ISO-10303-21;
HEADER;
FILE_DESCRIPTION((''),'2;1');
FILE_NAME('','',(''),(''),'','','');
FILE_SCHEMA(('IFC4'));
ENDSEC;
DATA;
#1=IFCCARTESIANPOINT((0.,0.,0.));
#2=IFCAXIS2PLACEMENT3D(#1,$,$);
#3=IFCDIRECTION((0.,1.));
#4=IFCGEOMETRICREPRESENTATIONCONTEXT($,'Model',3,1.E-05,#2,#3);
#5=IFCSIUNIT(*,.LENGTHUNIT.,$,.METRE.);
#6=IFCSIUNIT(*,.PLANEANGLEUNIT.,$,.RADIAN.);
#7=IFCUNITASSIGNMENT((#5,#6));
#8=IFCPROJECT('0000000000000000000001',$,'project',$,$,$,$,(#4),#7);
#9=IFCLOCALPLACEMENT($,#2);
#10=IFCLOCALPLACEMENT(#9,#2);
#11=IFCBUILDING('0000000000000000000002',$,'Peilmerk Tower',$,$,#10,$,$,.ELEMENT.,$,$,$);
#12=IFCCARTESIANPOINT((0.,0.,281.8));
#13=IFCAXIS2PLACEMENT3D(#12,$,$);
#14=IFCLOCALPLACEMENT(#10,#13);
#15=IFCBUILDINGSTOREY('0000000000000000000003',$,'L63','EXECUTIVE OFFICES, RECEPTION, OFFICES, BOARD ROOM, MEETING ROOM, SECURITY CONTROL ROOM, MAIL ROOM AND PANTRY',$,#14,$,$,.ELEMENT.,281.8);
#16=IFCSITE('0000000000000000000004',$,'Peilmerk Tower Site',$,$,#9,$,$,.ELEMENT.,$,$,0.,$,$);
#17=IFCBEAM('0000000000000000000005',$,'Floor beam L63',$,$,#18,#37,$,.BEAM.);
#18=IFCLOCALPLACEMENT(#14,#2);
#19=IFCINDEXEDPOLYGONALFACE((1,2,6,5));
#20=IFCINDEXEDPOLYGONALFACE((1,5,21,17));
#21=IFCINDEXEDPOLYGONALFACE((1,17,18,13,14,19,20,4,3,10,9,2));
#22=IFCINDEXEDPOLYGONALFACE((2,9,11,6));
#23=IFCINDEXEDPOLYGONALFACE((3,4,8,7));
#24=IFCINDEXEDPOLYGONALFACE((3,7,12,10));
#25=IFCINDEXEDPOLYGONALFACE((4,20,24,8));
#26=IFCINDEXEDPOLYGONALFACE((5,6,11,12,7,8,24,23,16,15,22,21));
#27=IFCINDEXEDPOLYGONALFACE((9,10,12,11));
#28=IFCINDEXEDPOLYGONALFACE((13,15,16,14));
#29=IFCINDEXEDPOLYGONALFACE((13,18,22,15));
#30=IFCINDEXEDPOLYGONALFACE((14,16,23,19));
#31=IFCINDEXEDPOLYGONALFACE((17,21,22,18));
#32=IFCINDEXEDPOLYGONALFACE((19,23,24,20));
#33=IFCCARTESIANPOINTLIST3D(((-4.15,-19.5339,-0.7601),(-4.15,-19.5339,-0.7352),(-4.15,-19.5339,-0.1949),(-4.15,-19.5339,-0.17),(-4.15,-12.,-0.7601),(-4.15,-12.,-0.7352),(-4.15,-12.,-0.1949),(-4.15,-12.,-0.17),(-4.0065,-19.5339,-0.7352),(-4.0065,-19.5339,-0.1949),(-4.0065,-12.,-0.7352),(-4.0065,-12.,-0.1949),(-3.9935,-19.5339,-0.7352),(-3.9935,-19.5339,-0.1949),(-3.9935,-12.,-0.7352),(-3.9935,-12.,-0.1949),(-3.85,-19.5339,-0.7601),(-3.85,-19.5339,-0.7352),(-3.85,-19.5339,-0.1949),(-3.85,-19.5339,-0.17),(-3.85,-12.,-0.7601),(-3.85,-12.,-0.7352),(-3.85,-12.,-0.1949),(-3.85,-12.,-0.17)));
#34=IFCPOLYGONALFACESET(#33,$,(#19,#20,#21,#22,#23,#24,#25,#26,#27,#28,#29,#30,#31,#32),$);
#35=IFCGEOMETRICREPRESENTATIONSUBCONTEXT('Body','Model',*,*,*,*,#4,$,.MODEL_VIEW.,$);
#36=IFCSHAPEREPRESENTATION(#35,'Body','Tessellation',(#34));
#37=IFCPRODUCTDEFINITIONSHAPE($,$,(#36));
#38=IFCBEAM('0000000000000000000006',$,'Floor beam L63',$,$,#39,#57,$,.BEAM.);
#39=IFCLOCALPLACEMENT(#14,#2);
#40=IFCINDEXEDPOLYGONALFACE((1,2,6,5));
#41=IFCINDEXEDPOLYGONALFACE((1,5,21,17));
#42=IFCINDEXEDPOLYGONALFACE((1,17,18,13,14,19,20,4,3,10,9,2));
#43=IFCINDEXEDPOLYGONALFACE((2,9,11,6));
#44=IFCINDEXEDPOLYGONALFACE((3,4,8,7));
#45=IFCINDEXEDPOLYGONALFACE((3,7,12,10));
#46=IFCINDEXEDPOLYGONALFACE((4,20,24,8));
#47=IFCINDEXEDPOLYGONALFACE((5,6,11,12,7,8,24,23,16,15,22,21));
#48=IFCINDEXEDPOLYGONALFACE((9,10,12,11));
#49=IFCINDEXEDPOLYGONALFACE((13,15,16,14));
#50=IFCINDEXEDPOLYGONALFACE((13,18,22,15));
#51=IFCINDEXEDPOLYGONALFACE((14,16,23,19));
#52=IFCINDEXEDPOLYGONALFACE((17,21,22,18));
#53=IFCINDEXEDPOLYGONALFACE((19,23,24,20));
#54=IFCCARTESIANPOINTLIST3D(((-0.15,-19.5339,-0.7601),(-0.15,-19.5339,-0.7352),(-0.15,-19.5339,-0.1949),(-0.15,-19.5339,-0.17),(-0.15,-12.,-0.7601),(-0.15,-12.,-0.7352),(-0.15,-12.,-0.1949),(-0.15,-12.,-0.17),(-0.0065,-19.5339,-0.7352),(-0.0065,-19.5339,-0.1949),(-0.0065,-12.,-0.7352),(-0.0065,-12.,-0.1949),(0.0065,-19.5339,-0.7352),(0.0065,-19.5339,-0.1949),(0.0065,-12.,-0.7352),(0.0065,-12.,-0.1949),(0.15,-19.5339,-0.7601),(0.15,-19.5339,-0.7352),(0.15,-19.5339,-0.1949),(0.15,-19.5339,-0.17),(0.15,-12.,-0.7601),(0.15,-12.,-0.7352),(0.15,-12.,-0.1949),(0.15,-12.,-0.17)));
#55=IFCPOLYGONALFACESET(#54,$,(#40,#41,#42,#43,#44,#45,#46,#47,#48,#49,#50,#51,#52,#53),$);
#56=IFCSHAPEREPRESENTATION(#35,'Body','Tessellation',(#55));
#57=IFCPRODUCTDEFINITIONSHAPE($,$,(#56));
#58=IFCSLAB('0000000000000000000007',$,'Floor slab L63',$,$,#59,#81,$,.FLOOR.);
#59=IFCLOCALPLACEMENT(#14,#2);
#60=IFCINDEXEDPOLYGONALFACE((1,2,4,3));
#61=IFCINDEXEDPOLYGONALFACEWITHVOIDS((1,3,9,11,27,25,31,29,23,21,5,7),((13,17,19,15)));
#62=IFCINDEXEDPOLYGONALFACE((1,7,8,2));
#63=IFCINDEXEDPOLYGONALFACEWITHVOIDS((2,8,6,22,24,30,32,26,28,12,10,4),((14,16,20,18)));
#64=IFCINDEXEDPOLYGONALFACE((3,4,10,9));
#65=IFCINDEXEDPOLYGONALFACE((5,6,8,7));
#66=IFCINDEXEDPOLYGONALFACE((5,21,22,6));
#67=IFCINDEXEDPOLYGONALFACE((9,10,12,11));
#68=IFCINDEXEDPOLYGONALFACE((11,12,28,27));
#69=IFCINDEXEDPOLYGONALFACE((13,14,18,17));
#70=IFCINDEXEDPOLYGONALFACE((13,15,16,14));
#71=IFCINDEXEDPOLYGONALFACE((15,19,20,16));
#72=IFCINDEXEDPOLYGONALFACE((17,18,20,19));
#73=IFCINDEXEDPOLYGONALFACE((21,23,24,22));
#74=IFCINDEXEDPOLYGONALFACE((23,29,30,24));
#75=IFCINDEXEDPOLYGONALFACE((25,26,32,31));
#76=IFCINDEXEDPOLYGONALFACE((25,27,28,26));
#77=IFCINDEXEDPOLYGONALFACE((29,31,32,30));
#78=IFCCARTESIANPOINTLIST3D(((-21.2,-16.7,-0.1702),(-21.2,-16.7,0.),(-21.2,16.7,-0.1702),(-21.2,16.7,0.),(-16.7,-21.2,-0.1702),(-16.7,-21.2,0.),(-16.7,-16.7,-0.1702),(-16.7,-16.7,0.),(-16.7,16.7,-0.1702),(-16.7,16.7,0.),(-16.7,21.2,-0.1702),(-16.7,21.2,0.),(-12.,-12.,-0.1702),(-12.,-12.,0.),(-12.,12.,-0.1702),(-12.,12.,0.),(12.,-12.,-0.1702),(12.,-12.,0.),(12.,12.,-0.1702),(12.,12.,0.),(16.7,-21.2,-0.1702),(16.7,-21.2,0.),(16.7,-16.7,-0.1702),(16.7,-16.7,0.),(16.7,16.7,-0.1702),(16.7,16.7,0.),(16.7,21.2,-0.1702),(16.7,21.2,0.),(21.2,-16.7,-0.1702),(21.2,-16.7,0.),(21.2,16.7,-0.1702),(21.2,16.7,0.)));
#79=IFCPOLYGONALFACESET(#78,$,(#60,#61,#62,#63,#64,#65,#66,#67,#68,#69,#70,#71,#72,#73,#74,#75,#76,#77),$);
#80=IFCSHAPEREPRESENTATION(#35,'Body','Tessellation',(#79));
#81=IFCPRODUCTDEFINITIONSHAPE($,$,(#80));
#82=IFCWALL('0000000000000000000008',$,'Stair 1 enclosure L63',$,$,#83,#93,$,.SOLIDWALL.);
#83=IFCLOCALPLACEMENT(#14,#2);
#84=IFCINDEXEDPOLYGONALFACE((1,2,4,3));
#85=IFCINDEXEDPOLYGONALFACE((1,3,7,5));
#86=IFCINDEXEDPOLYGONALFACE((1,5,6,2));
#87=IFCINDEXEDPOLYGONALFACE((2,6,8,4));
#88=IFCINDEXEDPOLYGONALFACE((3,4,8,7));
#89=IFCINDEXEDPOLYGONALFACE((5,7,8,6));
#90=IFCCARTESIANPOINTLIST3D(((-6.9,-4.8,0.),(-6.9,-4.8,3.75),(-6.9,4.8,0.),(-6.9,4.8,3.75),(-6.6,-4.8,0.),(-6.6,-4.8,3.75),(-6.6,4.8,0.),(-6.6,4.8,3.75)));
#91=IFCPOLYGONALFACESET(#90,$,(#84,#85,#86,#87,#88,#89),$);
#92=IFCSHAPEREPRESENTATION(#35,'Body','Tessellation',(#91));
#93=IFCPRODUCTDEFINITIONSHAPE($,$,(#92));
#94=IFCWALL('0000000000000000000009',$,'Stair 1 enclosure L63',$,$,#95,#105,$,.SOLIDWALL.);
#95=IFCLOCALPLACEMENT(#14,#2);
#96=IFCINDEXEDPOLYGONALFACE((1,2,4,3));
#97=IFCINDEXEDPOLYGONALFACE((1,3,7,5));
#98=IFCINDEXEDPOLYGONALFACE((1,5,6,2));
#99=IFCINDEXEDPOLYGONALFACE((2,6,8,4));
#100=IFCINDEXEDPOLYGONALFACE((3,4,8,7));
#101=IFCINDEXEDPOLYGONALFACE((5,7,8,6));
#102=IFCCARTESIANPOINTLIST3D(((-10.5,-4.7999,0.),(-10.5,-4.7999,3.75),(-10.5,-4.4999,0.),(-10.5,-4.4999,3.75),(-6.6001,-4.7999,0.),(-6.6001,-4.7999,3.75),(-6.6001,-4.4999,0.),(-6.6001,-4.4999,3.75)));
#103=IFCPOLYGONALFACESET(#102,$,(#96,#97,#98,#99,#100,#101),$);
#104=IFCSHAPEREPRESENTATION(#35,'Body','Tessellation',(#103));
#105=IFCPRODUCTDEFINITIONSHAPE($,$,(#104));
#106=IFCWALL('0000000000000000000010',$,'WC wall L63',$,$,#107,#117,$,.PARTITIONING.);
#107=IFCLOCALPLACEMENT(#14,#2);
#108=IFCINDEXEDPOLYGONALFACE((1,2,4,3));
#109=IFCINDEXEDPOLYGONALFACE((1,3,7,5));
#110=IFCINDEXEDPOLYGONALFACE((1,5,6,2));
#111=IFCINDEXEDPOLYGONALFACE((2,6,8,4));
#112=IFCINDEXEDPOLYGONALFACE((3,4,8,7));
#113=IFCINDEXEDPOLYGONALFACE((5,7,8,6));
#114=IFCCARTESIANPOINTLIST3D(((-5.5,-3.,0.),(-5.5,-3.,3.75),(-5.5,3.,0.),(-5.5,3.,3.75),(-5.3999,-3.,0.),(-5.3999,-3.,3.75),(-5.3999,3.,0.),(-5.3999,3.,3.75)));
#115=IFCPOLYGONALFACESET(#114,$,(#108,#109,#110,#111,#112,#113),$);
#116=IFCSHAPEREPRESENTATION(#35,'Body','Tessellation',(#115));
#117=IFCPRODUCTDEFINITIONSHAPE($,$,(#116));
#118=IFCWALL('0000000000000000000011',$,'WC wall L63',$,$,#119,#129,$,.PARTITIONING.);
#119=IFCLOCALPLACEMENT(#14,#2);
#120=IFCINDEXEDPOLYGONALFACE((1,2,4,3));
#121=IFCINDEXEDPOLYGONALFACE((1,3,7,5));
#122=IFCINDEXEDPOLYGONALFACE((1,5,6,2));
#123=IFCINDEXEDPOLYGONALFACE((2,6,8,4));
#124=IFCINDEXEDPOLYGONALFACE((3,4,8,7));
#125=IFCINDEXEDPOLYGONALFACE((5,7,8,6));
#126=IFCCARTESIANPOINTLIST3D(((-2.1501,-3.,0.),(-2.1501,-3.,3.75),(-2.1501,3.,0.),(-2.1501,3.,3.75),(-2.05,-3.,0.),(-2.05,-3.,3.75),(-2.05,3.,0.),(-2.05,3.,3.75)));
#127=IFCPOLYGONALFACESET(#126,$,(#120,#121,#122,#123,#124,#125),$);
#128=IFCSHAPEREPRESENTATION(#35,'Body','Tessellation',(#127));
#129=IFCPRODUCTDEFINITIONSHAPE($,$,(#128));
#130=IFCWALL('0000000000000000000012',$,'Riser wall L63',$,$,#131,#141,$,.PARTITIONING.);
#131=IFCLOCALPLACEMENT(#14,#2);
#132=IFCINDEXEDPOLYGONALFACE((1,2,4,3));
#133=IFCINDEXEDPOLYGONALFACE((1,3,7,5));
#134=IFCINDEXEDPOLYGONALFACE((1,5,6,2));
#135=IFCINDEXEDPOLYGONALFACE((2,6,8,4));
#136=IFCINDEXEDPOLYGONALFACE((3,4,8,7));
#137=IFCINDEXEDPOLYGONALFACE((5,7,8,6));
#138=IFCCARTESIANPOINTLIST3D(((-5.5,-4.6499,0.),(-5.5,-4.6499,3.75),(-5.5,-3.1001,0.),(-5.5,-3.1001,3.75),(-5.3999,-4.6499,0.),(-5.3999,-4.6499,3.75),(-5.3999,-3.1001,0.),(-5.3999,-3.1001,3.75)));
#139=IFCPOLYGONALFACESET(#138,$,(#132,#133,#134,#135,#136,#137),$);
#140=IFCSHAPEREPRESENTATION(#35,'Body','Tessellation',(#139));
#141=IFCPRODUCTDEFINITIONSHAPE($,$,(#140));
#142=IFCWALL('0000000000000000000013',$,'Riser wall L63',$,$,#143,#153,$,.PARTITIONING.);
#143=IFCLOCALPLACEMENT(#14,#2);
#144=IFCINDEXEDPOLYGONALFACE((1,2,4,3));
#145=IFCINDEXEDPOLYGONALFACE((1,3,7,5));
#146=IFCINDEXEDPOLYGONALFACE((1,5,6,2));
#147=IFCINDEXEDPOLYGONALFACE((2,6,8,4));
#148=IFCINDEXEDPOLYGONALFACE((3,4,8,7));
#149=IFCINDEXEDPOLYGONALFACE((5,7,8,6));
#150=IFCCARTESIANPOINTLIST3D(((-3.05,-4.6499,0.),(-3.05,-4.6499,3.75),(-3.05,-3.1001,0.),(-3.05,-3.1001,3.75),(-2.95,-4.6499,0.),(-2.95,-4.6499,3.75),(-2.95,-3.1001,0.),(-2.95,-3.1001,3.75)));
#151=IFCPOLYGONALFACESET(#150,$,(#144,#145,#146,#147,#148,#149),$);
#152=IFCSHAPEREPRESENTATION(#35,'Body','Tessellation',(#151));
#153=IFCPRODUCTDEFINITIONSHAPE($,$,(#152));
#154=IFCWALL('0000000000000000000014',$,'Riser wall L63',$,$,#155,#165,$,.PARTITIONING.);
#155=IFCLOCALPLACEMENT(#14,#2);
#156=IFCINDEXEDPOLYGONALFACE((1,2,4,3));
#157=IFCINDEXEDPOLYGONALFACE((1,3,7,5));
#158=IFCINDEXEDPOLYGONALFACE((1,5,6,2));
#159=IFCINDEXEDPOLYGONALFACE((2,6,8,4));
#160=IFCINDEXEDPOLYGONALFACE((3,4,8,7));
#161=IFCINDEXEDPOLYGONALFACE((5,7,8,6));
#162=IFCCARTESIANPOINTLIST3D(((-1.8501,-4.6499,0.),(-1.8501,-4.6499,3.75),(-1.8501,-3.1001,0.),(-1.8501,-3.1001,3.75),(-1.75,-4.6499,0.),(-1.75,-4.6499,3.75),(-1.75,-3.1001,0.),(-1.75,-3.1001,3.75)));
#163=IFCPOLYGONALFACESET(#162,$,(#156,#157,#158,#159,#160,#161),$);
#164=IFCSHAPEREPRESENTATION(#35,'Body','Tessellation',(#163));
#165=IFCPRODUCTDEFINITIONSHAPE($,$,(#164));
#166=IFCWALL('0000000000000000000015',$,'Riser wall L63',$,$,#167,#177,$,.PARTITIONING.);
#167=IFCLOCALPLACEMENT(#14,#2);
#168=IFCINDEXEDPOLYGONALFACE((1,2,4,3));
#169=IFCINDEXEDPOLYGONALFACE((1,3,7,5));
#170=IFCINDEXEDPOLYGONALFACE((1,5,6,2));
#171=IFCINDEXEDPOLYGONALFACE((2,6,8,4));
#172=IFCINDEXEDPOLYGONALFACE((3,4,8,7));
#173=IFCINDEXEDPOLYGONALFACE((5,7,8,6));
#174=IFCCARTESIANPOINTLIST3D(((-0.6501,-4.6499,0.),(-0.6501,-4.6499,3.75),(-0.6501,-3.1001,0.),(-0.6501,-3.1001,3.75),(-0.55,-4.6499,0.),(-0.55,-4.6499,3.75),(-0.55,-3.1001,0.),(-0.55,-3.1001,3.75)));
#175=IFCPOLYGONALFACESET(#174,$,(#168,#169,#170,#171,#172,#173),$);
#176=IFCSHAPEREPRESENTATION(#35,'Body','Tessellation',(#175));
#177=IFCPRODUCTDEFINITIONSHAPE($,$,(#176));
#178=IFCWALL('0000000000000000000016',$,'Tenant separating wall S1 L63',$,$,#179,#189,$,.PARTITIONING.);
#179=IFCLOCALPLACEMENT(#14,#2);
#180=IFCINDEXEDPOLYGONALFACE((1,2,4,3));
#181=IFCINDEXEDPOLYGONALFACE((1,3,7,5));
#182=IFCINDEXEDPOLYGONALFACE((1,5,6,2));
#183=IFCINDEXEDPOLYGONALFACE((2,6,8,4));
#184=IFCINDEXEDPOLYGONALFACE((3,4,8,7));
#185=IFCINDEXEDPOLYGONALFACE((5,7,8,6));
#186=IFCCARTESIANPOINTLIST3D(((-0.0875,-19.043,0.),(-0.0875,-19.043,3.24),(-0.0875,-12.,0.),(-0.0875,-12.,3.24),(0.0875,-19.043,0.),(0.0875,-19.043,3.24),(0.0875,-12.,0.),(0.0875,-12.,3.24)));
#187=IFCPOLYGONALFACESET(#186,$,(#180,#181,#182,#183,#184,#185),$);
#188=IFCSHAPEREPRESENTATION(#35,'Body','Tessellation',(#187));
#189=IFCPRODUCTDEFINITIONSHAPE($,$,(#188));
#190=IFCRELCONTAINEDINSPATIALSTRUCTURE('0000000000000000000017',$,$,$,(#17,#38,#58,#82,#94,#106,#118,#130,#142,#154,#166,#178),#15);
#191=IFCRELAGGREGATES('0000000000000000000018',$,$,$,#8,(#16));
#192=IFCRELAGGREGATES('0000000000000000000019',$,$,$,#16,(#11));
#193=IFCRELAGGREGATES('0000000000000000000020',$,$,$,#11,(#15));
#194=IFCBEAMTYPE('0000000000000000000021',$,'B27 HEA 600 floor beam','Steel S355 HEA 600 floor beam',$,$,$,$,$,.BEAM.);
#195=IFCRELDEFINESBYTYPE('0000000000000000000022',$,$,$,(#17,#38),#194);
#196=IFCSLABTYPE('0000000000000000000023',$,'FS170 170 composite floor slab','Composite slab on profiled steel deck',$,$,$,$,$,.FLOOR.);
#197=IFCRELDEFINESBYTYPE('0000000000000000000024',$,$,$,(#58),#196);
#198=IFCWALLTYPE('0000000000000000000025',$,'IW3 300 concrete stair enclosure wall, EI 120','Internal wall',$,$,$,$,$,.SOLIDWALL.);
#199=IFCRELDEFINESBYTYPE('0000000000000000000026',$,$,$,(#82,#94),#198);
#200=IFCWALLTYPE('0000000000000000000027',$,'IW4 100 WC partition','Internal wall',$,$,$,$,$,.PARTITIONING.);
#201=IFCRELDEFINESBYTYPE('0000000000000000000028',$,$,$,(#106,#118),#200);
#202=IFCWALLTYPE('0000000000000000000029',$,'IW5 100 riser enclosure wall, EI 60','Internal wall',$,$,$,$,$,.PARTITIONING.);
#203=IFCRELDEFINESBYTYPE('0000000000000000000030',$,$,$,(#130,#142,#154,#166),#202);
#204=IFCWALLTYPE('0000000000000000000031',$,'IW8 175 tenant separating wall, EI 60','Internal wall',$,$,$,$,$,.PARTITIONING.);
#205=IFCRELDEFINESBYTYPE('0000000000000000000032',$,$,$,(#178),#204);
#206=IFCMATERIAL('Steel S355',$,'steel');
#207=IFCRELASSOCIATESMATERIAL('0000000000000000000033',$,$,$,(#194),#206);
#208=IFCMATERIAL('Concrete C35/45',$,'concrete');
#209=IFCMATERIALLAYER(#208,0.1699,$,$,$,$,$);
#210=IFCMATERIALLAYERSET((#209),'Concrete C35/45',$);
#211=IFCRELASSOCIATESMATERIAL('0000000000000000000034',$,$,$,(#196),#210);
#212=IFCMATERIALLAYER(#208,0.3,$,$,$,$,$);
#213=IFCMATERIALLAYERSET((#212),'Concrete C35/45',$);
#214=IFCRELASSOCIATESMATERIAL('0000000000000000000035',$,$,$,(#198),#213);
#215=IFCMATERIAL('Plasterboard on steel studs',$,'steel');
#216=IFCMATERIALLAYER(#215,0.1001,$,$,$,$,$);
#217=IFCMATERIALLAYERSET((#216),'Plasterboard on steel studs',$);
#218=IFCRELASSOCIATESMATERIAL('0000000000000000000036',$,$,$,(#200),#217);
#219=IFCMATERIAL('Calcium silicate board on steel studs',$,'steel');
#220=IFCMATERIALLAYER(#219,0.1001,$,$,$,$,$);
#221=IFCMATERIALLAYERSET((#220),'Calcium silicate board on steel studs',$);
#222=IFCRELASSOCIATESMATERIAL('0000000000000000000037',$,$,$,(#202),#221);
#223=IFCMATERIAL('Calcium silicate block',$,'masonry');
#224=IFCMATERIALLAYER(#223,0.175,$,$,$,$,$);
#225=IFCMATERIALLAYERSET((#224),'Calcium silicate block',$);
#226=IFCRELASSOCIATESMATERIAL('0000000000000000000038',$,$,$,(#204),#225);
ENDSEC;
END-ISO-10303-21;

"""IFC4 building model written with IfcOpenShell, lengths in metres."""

from ifc_helpers import new_model, si_unit, direction, frame, frame_2d, origin, origin_2d, place, context, subcontext, project, spatial, polyline, rectangle, i_section, outline, extrude, material, layer, layer_set, material_profile, profile_set, type_object, element, save


model = new_model("IFC4")

# Units and contexts
model_context = context("Model", 3, precision=1e-05, world=origin(), true_north=direction((0.0, 1.0)))
body_context = subcontext(model_context, "Body", "Model", "MODEL_VIEW")
ifc_project = project(units=[si_unit("LENGTHUNIT", "METRE"), si_unit("PLANEANGLEUNIT", "RADIAN")], contexts=[model_context])

# Site, building, storey
site_placement = place(None, origin())
site = spatial("IfcSite", under=ifc_project, at=site_placement, Name="Peilmerk Tower Site", CompositionType="ELEMENT", RefElevation=0.0)
building_placement = place(site_placement, origin())
building = spatial("IfcBuilding", under=site, at=building_placement, Name="Peilmerk Tower", CompositionType="ELEMENT")
storey_placement = place(building_placement, frame((0.0, 0.0, 281.8)))
storey = spatial("IfcBuildingStorey", under=building, at=storey_placement, Name="L63", Description="EXECUTIVE OFFICES, RECEPTION, OFFICES, BOARD ROOM, MEETING ROOM, SECURITY CONTROL ROOM, MAIL ROOM AND PANTRY", CompositionType="ELEMENT", Elevation=281.8)

# Beams
ifc_material_1 = material(Name="Steel S355", Category="steel")
ifc_material_profile = material_profile(ifc_material_1, i_section(OverallWidth=0.3, OverallDepth=0.5901, WebThickness=0.0129, FlangeThickness=0.0249, at=origin_2d()), Name="HEA 600")
ifc_profile_set = profile_set([ifc_material_profile], Name="Steel S355")
beam_type = type_object("IfcBeamType", Name="B27 HEA 600 floor beam", Description="Steel S355 HEA 600 floor beam", PredefinedType="BEAM", material=ifc_profile_set)
for number, where, z_axis, x_axis, name in (
    (1, (-4.0, -12.0, -0.4651), (0.0, -1.0, 0.0), (1.0, 0.0, 0.0), "Floor beam L63"),
    (2, (0.0, -12.0, -0.4651), (0.0, -1.0, 0.0), (1.0, 0.0, 0.0), "Floor beam L63"),
):
    element("IfcBeam", number, at=place(storey_placement, frame(where, z_axis=z_axis, x_axis=x_axis)), inside=storey, type_object=beam_type, Name=name, PredefinedType="BEAM", context=body_context, shape_type="SweptSolid", body=[
        extrude(i_section(OverallWidth=0.3, OverallDepth=0.5901, WebThickness=0.0129, FlangeThickness=0.0249, at=origin_2d()), origin(), (0.0, 0.0, 1.0), 7.5339),
    ])

# Slab
ifc_material_2 = material(Name="Concrete C35/45", Category="concrete")
ifc_layer_1 = layer(ifc_material_2, 0.1699)
ifc_layer_set_1 = layer_set([ifc_layer_1], Name="Concrete C35/45")
slab_type = type_object("IfcSlabType", Name="FS170 170 composite floor slab", Description="Composite slab on profiled steel deck", PredefinedType="FLOOR", material=ifc_layer_set_1)
slab_placement = place(storey_placement, frame((0.0, 0.0, -0.1702)))
element("IfcSlab", 3, at=slab_placement, inside=storey, type_object=slab_type, Name="Floor slab L63", PredefinedType="FLOOR", context=body_context, shape_type="SweptSolid", body=[
    extrude(outline(polyline([(-16.7, -21.2), (16.7, -21.2), (16.7, -16.7), (21.2, -16.7), (21.2, 16.7), (16.7, 16.7), (16.7, 21.2), (-16.7, 21.2), (-16.7, 16.7), (-21.2, 16.7), (-21.2, -16.7), (-16.7, -16.7), (-16.7, -21.2)]), holes=[polyline([(12.0, 12.0), (12.0, -12.0), (-12.0, -12.0), (-12.0, 12.0), (12.0, 12.0)])]), origin(), (0.0, 0.0, 1.0), 0.1702),
])

# Walls
ifc_layer_2 = layer(ifc_material_2, 0.3)
ifc_layer_set_2 = layer_set([ifc_layer_2], Name="Concrete C35/45")
wall_type_1 = type_object("IfcWallType", Name="IW3 300 concrete stair enclosure wall, EI 120", Description="Internal wall", PredefinedType="SOLIDWALL", material=ifc_layer_set_2)
wall_1_placement = place(storey_placement, frame((-6.75, -4.8, 0.0), z_axis=(0.0, 0.0, 1.0), x_axis=(0.0, 1.0, 0.0)))
element("IfcWall", 4, at=wall_1_placement, inside=storey, type_object=wall_type_1, Name="Stair 1 enclosure L63", PredefinedType="SOLIDWALL", context=body_context, shape_type="SweptSolid", body=[
    extrude(rectangle(XDim=9.6001, YDim=0.3, at=frame_2d((4.8, 0.0))), origin(), (0.0, 0.0, 1.0), 3.75),
])
wall_2_placement = place(storey_placement, frame((-6.6001, -4.6499, 0.0), z_axis=(0.0, 0.0, 1.0), x_axis=(-1.0, 0.0, 0.0)))
element("IfcWall", 5, at=wall_2_placement, inside=storey, type_object=wall_type_1, Name="Stair 1 enclosure L63", PredefinedType="SOLIDWALL", context=body_context, shape_type="SweptSolid", body=[
    extrude(rectangle(XDim=3.8999, YDim=0.3, at=frame_2d((1.95, 0.0))), origin(), (0.0, 0.0, 1.0), 3.75),
])
ifc_material_3 = material(Name="Plasterboard on steel studs", Category="steel")
ifc_layer_3 = layer(ifc_material_3, 0.1001)
ifc_layer_set_3 = layer_set([ifc_layer_3], Name="Plasterboard on steel studs")
wall_type_2 = type_object("IfcWallType", Name="IW4 100 WC partition", Description="Internal wall", PredefinedType="PARTITIONING", material=ifc_layer_set_3)
for number, where, z_axis, x_axis, name in (
    (6, (-5.45, -3.0, 0.0), (0.0, 0.0, 1.0), (0.0, 1.0, 0.0), "WC wall L63"),
    (7, (-2.1001, -3.0, 0.0), (0.0, 0.0, 1.0), (0.0, 1.0, 0.0), "WC wall L63"),
):
    element("IfcWall", number, at=place(storey_placement, frame(where, z_axis=z_axis, x_axis=x_axis)), inside=storey, type_object=wall_type_2, Name=name, PredefinedType="PARTITIONING", context=body_context, shape_type="SweptSolid", body=[
        extrude(rectangle(XDim=6.0, YDim=0.1001, at=frame_2d((3.0, 0.0))), origin(), (0.0, 0.0, 1.0), 3.75),
    ])
ifc_material_4 = material(Name="Calcium silicate board on steel studs", Category="steel")
ifc_layer_4 = layer(ifc_material_4, 0.1001)
ifc_layer_set_4 = layer_set([ifc_layer_4], Name="Calcium silicate board on steel studs")
wall_type_3 = type_object("IfcWallType", Name="IW5 100 riser enclosure wall, EI 60", Description="Internal wall", PredefinedType="PARTITIONING", material=ifc_layer_set_4)
for number, where, z_axis, x_axis, name in (
    (8, (-5.45, -3.1001, 0.0), (0.0, 0.0, 1.0), (0.0, -1.0, 0.0), "Riser wall L63"),
    (9, (-3.0, -3.1001, 0.0), (0.0, 0.0, 1.0), (0.0, -1.0, 0.0), "Riser wall L63"),
    (10, (-1.8, -3.1001, 0.0), (0.0, 0.0, 1.0), (0.0, -1.0, 0.0), "Riser wall L63"),
    (11, (-0.6001, -3.1001, 0.0), (0.0, 0.0, 1.0), (0.0, -1.0, 0.0), "Riser wall L63"),
):
    element("IfcWall", number, at=place(storey_placement, frame(where, z_axis=z_axis, x_axis=x_axis)), inside=storey, type_object=wall_type_3, Name=name, PredefinedType="PARTITIONING", context=body_context, shape_type="SweptSolid", body=[
        extrude(rectangle(XDim=1.5498, YDim=0.1001, at=frame_2d((0.7749, 0.0))), origin(), (0.0, 0.0, 1.0), 3.75),
    ])
ifc_material_5 = material(Name="Calcium silicate block", Category="masonry")
ifc_layer_5 = layer(ifc_material_5, 0.175)
ifc_layer_set_5 = layer_set([ifc_layer_5], Name="Calcium silicate block")
wall_type_4 = type_object("IfcWallType", Name="IW8 175 tenant separating wall, EI 60", Description="Internal wall", PredefinedType="PARTITIONING", material=ifc_layer_set_5)
wall_3_placement = place(storey_placement, frame((0.0, -12.0, 0.0), z_axis=(0.0, 0.0, 1.0), x_axis=(0.0, -1.0, 0.0)))
element("IfcWall", 12, at=wall_3_placement, inside=storey, type_object=wall_type_4, Name="Tenant separating wall S1 L63", PredefinedType="PARTITIONING", context=body_context, shape_type="SweptSolid", body=[
    extrude(rectangle(XDim=7.043, YDim=0.175, at=frame_2d((3.5215, 0.0))), origin(), (0.0, 0.0, 1.0), 3.24),
])

save(model, "model.ifc")
